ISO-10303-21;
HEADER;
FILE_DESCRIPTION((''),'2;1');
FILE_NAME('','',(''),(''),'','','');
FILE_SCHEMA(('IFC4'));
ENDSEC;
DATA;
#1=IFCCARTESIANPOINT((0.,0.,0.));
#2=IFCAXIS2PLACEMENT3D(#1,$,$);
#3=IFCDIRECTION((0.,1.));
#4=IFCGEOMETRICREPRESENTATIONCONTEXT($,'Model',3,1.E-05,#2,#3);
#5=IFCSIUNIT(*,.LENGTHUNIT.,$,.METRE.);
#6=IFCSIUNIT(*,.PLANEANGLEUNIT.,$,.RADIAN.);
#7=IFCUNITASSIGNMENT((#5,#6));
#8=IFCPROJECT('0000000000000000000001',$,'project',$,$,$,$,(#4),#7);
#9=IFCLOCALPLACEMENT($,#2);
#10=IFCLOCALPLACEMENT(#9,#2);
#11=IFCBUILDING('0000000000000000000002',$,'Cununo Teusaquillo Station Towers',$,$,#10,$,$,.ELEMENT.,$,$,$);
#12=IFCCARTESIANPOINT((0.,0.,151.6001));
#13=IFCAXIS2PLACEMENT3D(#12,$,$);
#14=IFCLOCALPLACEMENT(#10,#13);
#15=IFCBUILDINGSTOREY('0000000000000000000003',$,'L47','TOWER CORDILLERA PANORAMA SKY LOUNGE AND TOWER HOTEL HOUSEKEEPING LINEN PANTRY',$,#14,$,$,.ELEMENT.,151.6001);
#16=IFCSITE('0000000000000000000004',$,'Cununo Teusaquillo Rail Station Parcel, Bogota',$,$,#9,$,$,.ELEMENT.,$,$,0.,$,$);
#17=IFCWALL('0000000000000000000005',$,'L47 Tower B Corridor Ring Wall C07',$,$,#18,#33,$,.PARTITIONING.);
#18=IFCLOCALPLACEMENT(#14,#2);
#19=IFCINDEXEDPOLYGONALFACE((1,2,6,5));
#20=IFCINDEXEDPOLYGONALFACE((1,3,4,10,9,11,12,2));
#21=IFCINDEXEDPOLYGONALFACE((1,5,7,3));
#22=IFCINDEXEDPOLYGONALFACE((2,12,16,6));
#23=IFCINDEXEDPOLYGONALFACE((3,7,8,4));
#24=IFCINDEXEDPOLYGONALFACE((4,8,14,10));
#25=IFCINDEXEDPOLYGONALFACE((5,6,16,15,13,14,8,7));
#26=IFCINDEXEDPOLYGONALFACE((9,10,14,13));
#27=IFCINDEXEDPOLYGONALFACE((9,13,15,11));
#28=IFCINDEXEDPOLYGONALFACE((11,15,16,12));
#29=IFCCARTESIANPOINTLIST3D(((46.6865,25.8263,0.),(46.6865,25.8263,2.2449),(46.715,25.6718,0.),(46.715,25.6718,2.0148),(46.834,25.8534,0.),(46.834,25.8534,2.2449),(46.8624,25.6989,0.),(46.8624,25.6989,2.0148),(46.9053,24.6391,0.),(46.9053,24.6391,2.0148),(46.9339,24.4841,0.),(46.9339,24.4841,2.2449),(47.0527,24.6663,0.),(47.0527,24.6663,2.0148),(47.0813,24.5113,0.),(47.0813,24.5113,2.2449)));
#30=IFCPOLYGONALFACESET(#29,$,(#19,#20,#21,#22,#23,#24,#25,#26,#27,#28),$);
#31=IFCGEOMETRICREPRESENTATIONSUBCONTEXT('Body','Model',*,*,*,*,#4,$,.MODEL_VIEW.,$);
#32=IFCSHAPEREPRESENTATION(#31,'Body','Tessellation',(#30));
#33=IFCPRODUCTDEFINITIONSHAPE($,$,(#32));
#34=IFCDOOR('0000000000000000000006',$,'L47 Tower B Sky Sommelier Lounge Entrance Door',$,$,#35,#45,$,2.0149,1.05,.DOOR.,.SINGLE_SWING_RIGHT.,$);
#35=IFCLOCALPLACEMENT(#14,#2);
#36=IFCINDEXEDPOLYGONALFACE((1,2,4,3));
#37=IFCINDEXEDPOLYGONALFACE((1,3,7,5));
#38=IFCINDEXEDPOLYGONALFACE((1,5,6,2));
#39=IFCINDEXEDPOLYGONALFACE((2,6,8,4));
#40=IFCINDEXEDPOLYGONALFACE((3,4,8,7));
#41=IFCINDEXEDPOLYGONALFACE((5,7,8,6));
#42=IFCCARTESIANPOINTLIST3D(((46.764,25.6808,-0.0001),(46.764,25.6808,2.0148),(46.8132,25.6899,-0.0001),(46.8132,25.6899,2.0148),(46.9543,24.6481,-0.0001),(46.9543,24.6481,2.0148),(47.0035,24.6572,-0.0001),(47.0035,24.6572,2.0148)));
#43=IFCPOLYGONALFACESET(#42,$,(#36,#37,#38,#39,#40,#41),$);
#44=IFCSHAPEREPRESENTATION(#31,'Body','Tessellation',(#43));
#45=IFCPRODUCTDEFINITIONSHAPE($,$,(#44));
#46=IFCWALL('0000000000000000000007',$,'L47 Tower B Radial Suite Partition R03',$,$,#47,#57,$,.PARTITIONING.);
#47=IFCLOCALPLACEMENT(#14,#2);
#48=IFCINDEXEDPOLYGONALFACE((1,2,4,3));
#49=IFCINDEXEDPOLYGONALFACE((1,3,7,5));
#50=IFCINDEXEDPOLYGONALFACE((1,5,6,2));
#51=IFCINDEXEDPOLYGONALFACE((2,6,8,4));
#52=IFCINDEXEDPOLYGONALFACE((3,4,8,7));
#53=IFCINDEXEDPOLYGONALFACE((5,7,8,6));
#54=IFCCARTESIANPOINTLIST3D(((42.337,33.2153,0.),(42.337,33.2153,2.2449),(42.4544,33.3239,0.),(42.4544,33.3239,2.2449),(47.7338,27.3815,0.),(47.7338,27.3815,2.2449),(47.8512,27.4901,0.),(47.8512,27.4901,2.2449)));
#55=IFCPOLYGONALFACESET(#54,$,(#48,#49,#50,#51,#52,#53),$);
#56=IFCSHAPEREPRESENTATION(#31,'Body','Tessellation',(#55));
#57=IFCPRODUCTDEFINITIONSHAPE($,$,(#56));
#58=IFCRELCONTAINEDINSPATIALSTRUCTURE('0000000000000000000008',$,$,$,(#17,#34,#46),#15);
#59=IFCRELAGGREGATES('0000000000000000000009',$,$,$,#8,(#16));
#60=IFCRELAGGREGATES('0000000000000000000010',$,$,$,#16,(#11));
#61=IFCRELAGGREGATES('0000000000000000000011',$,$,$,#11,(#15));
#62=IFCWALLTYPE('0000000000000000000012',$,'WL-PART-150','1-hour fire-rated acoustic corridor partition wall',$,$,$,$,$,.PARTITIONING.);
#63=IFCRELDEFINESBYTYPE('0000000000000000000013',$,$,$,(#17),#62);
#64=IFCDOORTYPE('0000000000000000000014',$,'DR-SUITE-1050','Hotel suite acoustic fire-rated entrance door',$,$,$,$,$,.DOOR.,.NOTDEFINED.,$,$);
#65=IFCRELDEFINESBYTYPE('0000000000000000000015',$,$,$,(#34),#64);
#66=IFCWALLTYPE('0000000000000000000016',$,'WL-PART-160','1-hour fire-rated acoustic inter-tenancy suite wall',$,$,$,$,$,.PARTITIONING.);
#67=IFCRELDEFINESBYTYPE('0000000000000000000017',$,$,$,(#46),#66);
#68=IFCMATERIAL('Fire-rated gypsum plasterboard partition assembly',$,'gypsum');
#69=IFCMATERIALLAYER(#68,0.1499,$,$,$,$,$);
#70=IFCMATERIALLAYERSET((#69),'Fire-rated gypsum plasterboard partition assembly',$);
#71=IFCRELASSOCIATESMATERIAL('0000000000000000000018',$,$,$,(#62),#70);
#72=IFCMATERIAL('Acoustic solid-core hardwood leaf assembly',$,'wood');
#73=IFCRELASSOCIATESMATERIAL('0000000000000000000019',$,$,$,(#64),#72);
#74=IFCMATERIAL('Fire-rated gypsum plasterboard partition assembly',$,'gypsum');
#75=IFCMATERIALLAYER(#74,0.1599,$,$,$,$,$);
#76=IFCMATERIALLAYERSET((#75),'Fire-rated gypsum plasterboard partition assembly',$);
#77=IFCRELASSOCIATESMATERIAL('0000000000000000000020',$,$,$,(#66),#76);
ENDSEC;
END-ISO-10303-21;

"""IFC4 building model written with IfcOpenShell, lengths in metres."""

from ifc_helpers import new_model, si_unit, direction, frame, frame_2d, origin, place, context, subcontext, project, spatial, rectangle, extrude, source, transform, mapped, material, layer, layer_set, type_object, element, fill, save


model = new_model("IFC4")

# Units and contexts
model_context = context("Model", 3, precision=1e-05, world=origin(), true_north=direction((0.0, 1.0)))
body_context = subcontext(model_context, "Body", "Model", "MODEL_VIEW")
ifc_project = project(units=[si_unit("LENGTHUNIT", "METRE"), si_unit("PLANEANGLEUNIT", "RADIAN")], contexts=[model_context])

# Site, building, storey
site_placement = place(None, origin())
site = spatial("IfcSite", under=ifc_project, at=site_placement, Name="Cununo Teusaquillo Rail Station Parcel, Bogota", CompositionType="ELEMENT", RefElevation=0.0)
building_placement = place(site_placement, origin())
building = spatial("IfcBuilding", under=site, at=building_placement, Name="Cununo Teusaquillo Station Towers", CompositionType="ELEMENT")
storey_placement = place(building_placement, frame((0.0, 0.0, 151.6001)))
storey = spatial("IfcBuildingStorey", under=building, at=storey_placement, Name="L47", Description="TOWER CORDILLERA PANORAMA SKY LOUNGE AND TOWER HOTEL HOUSEKEEPING LINEN PANTRY", CompositionType="ELEMENT", Elevation=151.6001)

# Shared definitions
ifc_material_1 = material(Name="Fire-rated gypsum plasterboard partition assembly", Category="gypsum")
ifc_layer_1 = layer(ifc_material_1, 0.1499)
ifc_layer_set_1 = layer_set([ifc_layer_1], Name="Fire-rated gypsum plasterboard partition assembly")
wall_type_1 = type_object("IfcWallType", Name="WL-PART-150", Description="1-hour fire-rated acoustic corridor partition wall", PredefinedType="PARTITIONING", material=ifc_layer_set_1)

# Wall, opening, door
wall_1_placement = place(storey_placement, frame((46.7603, 25.8398, 0.0), z_axis=(0.0, 0.0, 1.0), x_axis=(0.181231, -0.983441, 0.0)))
wall_1 = element("IfcWall", 1, at=wall_1_placement, inside=storey, type_object=wall_type_1, Name="L47 Tower B Corridor Ring Wall C07", PredefinedType="PARTITIONING", context=body_context, shape_type="SweptSolid", body=[
    extrude(rectangle(XDim=1.3647, YDim=0.1499, at=frame_2d((0.6824, 0.0))), origin(), (0.0, 0.0, 1.0), 2.2449),
])
shared_shape_1 = source(origin(), body_context, "Body", "SweptSolid", [
    extrude(rectangle(XDim=1.05, YDim=2.0149, at=frame_2d((0.5249, 1.0073))), frame((0.0, 0.085, 0.0), z_axis=(0.0, -1.0, 0.0), x_axis=(1.0, 0.0, 0.0)), (0.0, 0.0, 1.0), 0.1699),
])
opening_1_placement = place(wall_1_placement, frame((0.1572, 0.0, 0.0)))
opening_1 = element("IfcOpeningElement", 2, at=opening_1_placement, cuts=wall_1, PredefinedType="OPENING", context=body_context, shape_type="MappedRepresentation", body=[
    mapped(shared_shape_1, transform((0.0, 0.0, 0.0), x_axis=(1.0, 0.0, 0.0), y_axis=(0.0, 1.0, 0.0), z_axis=(0.0, 0.0, 1.0), scale=1.0)),
])
ifc_material_2 = material(Name="Acoustic solid-core hardwood leaf assembly", Category="wood")
door_type_1 = type_object("IfcDoorType", Name="DR-SUITE-1050", Description="Hotel suite acoustic fire-rated entrance door", OperationType="NOTDEFINED", PredefinedType="DOOR", material=ifc_material_2)
shared_shape_2 = source(origin(), body_context, "Body", "SweptSolid", [
    extrude(rectangle(XDim=1.05, YDim=2.0149, at=frame_2d((0.5249, 1.0073))), frame((0.0, 0.0249, 0.0), z_axis=(0.0, -1.0, 0.0), x_axis=(1.0, 0.0, 0.0)), (0.0, 0.0, 1.0), 0.05),
])
door_1_placement = place(opening_1_placement, origin())
door_1 = element("IfcDoor", 3, at=door_1_placement, inside=storey, type_object=door_type_1, Name="L47 Tower B Sky Sommelier Lounge Entrance Door", OperationType="SINGLE_SWING_RIGHT", OverallHeight=2.0149, OverallWidth=1.05, PredefinedType="DOOR", context=body_context, shape_type="MappedRepresentation", body=[
    mapped(shared_shape_2, transform((0.0, 0.0, 0.0), x_axis=(1.0, 0.0, 0.0), y_axis=(0.0, 1.0, 0.0), z_axis=(0.0, 0.0, 1.0), scale=1.0)),
])
fill(opening_1, door_1)

# Wall
ifc_material_3 = material(Name="Fire-rated gypsum plasterboard partition assembly", Category="gypsum")
ifc_layer_2 = layer(ifc_material_3, 0.1599)
ifc_layer_set_2 = layer_set([ifc_layer_2], Name="Fire-rated gypsum plasterboard partition assembly")
wall_type_2 = type_object("IfcWallType", Name="WL-PART-160", Description="1-hour fire-rated acoustic inter-tenancy suite wall", PredefinedType="PARTITIONING", material=ifc_layer_set_2)
wall_2_placement = place(storey_placement, frame((47.7925, 27.4358, 0.0), z_axis=(0.0, 0.0, 1.0), x_axis=(-0.679077, 0.734067, 0.0)))
element("IfcWall", 4, at=wall_2_placement, inside=storey, type_object=wall_type_2, Name="L47 Tower B Radial Suite Partition R03", PredefinedType="PARTITIONING", context=body_context, shape_type="SweptSolid", body=[
    extrude(rectangle(XDim=7.9473, YDim=0.1599, at=frame_2d((3.9736, 0.0))), origin(), (0.0, 0.0, 1.0), 2.2449),
])

save(model, "model.ifc")
